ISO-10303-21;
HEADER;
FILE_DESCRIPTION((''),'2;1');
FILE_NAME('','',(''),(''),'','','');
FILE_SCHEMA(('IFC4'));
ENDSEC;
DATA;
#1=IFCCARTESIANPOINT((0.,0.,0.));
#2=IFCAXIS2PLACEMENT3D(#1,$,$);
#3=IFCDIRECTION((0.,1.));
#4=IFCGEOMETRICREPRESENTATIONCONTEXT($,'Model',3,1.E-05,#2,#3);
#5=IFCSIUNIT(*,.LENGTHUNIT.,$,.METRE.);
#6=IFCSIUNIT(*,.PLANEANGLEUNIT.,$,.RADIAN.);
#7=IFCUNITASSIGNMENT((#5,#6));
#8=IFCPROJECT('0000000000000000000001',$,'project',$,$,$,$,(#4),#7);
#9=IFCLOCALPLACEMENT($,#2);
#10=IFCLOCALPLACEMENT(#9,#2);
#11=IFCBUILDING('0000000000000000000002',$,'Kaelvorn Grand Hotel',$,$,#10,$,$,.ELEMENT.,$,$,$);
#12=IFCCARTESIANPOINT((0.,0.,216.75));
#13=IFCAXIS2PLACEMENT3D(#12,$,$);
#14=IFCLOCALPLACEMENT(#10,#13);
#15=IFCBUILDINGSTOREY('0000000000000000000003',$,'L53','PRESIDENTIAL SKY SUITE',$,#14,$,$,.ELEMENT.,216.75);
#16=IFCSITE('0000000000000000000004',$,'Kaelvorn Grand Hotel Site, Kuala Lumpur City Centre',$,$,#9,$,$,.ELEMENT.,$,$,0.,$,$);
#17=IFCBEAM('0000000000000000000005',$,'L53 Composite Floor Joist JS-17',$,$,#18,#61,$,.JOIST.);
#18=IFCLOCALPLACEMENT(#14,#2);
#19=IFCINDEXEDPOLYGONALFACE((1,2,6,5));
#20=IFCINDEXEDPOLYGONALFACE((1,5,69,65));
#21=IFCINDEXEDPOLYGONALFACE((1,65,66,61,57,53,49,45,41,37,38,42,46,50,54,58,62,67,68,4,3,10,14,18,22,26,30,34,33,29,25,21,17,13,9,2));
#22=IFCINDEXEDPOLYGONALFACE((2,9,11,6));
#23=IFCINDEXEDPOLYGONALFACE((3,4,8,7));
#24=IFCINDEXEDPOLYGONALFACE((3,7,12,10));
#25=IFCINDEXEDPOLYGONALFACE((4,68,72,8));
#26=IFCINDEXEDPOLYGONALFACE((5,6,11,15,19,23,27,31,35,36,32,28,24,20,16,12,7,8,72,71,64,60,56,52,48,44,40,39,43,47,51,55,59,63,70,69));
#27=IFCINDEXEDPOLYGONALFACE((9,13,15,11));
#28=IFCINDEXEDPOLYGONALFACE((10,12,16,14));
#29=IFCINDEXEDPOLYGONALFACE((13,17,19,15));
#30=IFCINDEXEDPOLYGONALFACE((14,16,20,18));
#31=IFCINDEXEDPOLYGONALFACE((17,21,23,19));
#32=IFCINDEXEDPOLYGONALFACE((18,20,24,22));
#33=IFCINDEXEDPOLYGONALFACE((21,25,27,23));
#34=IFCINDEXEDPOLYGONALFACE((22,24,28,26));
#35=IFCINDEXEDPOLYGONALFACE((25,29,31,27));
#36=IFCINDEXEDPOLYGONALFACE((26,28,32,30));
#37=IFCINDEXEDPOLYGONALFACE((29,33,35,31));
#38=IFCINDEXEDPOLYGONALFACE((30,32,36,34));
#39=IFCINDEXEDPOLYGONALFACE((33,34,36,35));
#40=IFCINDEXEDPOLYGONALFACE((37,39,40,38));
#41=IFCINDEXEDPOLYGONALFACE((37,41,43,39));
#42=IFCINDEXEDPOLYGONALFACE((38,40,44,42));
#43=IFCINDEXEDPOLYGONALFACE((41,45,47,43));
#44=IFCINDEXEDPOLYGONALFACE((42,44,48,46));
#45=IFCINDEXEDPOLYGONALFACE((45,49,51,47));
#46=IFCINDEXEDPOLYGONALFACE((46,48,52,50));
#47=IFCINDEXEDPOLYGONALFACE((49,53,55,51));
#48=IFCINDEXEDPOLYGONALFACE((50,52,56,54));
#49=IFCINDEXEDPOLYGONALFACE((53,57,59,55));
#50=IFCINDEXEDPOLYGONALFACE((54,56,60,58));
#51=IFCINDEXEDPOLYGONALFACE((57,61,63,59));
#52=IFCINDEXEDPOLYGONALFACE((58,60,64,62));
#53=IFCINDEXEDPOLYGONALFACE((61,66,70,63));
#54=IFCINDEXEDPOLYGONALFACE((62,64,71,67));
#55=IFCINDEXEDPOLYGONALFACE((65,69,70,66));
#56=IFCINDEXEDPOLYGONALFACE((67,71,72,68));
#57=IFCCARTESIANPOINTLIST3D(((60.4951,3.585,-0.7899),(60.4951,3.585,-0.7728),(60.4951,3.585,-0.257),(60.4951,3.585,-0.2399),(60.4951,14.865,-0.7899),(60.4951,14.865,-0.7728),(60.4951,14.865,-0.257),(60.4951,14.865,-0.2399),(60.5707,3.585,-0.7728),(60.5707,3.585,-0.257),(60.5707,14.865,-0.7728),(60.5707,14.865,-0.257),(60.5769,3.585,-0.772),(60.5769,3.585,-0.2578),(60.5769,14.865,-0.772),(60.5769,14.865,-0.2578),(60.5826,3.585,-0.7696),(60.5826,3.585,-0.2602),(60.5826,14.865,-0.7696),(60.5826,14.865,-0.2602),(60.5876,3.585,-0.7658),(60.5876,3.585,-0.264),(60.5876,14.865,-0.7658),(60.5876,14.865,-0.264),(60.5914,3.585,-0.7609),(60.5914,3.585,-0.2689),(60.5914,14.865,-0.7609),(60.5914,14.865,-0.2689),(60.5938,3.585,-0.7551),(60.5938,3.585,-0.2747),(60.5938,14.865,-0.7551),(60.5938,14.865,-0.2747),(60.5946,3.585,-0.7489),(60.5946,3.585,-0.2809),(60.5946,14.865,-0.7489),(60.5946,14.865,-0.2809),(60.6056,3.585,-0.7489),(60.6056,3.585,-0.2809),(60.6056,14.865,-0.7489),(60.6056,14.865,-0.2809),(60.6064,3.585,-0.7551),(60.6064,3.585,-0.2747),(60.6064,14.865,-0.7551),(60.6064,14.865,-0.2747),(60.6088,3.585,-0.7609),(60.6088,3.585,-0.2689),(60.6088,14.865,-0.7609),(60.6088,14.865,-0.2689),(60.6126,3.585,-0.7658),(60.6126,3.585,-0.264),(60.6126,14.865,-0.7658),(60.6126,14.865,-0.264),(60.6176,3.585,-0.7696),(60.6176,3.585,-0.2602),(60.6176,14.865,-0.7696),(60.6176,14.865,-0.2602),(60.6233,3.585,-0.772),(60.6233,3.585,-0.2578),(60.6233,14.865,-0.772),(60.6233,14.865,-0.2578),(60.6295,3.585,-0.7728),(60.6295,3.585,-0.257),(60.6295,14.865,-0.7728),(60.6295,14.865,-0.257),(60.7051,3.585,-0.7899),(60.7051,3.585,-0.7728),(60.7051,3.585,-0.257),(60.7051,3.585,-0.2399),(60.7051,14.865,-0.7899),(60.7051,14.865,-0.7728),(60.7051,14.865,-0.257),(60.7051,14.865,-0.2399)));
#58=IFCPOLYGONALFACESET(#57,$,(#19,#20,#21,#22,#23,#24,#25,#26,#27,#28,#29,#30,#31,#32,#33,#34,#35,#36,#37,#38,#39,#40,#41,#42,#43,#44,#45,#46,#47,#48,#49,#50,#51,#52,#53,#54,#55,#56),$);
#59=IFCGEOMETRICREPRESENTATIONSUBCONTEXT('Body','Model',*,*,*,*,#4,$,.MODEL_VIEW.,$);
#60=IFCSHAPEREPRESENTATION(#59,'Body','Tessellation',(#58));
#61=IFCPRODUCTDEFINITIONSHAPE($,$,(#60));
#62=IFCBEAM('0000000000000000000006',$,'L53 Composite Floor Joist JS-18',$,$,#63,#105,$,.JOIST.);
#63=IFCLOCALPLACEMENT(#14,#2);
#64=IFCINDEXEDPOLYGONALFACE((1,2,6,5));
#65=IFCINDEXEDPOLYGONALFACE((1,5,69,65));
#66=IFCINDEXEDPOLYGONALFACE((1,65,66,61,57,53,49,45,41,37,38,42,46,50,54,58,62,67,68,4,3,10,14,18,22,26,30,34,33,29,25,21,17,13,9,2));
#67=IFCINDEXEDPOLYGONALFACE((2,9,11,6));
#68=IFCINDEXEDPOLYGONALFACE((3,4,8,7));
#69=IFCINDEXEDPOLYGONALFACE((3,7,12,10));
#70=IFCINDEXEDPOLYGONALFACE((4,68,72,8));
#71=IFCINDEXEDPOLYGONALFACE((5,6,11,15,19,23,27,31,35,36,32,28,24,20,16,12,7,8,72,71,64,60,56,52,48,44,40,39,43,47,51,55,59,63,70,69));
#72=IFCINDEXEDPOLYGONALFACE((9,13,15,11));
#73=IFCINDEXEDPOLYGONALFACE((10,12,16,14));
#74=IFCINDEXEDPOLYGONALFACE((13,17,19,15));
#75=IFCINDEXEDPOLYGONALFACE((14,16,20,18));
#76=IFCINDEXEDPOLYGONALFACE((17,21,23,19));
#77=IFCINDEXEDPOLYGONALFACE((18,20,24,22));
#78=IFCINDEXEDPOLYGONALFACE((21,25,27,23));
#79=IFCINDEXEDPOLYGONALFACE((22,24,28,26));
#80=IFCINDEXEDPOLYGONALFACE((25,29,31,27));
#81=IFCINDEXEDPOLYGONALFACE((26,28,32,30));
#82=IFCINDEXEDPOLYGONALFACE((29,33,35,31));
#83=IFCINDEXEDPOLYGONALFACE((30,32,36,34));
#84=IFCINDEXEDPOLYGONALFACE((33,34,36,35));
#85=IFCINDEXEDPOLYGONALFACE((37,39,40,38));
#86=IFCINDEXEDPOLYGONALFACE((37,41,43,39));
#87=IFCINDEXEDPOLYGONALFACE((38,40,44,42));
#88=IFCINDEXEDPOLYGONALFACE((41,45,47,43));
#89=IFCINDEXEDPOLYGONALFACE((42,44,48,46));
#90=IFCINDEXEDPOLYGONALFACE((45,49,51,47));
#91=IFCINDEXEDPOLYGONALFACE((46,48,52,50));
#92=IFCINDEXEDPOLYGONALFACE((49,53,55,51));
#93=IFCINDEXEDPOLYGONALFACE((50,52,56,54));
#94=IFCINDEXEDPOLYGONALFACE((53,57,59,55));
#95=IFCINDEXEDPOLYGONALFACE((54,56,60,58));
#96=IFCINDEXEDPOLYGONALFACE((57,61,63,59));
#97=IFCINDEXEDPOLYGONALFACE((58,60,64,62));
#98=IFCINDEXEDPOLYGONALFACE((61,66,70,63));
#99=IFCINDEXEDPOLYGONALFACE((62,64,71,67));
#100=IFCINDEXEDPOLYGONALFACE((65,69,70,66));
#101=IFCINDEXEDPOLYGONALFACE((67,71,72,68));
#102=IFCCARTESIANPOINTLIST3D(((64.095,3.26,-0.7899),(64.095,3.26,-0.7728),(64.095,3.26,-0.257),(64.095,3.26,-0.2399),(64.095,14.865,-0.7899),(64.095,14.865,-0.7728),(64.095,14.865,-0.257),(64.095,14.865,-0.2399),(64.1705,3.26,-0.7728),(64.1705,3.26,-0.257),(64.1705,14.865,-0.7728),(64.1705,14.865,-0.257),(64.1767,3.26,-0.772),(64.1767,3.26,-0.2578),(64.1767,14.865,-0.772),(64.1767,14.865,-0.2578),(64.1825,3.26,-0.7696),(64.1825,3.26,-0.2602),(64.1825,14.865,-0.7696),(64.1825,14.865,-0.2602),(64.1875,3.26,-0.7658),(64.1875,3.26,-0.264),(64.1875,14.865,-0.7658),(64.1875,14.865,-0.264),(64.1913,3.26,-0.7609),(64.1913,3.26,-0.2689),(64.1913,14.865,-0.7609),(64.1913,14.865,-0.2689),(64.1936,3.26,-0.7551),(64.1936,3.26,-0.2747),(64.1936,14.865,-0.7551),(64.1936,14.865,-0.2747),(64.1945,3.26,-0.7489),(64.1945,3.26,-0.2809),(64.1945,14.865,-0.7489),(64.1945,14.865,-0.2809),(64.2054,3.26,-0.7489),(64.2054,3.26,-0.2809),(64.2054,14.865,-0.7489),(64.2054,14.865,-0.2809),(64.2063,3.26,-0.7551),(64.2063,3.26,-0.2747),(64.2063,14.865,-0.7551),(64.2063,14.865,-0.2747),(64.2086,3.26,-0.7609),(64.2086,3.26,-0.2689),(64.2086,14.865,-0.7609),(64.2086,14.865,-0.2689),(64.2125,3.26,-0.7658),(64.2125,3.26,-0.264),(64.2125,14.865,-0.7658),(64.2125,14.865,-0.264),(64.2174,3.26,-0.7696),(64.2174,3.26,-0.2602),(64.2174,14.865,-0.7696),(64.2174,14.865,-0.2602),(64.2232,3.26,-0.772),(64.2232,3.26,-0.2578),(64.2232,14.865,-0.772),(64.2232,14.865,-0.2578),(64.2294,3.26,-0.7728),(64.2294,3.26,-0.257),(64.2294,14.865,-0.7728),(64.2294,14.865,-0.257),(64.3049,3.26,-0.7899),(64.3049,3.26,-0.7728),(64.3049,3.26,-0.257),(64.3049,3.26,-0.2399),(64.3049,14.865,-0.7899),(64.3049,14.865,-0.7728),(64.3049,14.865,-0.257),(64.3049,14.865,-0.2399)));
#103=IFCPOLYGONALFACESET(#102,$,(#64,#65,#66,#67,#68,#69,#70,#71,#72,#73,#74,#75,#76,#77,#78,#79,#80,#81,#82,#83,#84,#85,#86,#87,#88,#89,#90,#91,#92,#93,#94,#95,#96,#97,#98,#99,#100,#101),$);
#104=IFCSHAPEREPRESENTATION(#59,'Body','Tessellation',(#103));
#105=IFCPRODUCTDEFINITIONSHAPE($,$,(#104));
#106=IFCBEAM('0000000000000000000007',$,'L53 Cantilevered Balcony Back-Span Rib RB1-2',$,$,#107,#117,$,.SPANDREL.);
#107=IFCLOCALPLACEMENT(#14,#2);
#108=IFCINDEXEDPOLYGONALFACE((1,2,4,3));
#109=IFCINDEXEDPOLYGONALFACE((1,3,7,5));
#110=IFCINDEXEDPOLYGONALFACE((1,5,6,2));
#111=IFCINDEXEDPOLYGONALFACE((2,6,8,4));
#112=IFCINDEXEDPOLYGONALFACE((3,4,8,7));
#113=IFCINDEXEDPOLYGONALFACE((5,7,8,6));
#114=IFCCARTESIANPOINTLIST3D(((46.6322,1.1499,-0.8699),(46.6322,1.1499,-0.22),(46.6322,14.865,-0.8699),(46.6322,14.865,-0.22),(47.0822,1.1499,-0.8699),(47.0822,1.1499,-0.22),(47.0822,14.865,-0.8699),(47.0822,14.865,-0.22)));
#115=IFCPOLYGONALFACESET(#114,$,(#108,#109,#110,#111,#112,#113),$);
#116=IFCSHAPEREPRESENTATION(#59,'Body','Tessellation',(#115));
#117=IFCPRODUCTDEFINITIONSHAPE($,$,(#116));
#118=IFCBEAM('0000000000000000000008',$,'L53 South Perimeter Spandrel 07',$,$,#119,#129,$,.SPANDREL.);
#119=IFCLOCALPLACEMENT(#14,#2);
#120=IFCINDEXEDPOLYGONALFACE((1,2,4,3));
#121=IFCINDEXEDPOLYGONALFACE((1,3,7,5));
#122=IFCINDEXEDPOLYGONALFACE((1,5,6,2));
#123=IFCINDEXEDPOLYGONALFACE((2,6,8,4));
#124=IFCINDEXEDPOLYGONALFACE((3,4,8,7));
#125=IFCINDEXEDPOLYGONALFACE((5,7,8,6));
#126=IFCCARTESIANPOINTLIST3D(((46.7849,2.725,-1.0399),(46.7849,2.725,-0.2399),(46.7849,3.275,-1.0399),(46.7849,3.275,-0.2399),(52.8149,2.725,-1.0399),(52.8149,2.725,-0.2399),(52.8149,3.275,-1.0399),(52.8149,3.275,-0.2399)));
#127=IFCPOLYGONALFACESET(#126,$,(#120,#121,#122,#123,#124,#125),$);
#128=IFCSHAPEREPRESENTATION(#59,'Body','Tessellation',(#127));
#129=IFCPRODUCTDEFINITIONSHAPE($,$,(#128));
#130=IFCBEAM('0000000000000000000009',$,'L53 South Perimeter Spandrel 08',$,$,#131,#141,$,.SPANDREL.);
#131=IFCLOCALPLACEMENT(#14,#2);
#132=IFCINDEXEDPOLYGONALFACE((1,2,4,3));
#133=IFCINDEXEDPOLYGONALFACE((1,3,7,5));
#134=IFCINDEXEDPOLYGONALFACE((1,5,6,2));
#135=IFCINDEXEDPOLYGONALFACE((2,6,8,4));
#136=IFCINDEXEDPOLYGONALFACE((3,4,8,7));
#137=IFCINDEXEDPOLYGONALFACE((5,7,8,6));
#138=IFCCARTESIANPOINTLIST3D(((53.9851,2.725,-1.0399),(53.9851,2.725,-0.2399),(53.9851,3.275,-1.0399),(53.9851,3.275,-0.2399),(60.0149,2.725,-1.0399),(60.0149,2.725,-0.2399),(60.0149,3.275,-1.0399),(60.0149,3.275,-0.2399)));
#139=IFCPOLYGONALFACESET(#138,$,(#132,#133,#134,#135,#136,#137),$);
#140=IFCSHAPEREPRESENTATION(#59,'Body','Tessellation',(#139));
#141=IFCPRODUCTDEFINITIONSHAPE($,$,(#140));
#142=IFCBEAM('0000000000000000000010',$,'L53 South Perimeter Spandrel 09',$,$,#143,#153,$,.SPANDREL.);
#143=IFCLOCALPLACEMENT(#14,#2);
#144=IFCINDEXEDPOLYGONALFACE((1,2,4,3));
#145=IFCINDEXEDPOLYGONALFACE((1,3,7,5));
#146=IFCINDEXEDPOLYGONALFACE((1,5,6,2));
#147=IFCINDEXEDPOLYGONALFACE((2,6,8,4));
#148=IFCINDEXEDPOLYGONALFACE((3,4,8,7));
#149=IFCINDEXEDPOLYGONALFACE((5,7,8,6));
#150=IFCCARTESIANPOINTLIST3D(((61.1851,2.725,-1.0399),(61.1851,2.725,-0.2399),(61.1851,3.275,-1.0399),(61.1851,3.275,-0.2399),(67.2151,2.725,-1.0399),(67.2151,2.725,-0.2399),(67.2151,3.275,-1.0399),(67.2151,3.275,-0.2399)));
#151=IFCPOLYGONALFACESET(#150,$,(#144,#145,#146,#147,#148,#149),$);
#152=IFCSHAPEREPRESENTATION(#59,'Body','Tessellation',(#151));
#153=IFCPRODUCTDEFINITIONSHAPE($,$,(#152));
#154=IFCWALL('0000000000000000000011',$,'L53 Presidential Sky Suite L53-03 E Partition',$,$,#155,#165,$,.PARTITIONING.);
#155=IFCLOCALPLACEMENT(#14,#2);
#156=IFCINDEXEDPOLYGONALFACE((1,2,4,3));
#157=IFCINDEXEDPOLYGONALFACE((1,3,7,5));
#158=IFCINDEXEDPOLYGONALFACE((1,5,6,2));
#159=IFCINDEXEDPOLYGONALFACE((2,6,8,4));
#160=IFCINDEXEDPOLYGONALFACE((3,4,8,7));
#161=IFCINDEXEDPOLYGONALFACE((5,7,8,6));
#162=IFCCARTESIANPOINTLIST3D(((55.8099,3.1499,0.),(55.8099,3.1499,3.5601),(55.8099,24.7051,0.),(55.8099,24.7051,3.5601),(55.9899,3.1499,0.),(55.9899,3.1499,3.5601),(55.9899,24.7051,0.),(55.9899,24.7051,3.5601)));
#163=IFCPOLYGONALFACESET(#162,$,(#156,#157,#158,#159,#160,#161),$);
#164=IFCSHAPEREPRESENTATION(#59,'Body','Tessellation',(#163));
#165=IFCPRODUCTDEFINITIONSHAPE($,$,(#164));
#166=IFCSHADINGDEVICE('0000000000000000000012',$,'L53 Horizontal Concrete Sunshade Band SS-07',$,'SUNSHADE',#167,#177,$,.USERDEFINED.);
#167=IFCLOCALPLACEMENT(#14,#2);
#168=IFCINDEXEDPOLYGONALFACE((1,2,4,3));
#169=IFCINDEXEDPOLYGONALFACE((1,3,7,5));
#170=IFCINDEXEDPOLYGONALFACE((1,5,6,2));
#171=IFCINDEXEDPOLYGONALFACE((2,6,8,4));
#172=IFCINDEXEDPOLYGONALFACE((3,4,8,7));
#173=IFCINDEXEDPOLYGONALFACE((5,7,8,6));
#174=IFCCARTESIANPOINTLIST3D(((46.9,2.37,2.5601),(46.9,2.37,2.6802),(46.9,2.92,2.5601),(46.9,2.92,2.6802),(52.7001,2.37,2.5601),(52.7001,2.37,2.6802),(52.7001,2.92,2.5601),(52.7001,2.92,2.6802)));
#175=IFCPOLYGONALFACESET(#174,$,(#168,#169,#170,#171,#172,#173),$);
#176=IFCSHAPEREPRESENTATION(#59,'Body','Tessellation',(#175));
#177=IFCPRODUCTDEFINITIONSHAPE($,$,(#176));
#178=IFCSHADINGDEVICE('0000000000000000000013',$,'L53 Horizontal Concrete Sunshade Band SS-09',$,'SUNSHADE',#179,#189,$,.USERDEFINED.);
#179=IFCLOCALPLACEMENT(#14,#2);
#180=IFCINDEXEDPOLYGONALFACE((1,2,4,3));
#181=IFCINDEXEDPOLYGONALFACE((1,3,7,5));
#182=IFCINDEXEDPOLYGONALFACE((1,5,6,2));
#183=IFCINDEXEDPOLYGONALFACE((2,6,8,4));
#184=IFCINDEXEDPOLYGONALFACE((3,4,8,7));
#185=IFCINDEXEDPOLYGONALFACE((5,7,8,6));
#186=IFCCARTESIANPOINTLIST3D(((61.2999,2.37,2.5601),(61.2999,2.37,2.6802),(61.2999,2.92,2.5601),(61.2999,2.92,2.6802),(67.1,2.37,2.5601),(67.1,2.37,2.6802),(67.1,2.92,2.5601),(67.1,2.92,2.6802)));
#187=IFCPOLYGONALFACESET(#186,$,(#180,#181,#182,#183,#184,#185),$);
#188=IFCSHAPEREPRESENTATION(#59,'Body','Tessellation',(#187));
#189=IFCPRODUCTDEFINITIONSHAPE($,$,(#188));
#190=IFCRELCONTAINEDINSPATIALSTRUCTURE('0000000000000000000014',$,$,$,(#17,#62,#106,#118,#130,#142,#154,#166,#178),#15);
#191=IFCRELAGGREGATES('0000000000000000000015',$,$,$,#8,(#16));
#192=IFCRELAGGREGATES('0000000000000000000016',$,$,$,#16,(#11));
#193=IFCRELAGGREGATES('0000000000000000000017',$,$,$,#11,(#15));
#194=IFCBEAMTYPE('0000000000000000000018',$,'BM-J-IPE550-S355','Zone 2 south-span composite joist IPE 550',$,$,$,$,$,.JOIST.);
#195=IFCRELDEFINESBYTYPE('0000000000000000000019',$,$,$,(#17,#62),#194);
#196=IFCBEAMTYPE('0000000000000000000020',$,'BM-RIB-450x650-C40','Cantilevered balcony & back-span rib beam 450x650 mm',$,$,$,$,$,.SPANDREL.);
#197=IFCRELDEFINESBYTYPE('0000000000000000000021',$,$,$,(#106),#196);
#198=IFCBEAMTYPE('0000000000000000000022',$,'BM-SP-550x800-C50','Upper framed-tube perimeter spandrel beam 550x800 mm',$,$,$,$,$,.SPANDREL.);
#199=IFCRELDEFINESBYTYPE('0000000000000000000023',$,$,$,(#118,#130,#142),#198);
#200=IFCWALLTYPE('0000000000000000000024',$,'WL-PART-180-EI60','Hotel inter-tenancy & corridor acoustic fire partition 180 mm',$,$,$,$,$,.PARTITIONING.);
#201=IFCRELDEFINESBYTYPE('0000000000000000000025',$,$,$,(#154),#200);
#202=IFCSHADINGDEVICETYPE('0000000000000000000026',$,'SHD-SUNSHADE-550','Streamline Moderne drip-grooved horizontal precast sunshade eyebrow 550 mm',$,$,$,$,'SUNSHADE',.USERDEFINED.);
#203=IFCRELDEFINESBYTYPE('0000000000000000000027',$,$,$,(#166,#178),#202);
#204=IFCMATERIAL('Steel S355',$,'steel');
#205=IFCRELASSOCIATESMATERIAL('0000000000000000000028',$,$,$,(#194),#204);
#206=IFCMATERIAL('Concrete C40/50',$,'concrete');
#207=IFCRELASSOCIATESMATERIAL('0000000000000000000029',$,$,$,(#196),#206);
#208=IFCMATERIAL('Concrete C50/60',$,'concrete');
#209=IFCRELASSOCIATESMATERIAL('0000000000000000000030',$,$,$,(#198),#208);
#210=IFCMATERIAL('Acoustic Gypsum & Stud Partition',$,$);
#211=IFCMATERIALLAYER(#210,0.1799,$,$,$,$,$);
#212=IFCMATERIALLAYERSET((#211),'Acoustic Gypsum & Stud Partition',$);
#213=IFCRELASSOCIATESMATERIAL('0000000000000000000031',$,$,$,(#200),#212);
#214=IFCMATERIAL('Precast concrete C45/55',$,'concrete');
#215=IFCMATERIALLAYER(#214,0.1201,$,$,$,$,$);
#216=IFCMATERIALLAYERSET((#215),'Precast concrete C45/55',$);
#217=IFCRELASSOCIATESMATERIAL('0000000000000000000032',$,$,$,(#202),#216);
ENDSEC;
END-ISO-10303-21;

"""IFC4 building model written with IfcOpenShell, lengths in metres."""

from ifc_helpers import new_model, si_unit, direction, frame, frame_2d, origin, origin_2d, place, context, subcontext, project, spatial, rectangle, i_section, extrude, material, layer, layer_set, material_profile, profile_set, type_object, element, save


model = new_model("IFC4")

# Units and contexts
model_context = context("Model", 3, precision=1e-05, world=origin(), true_north=direction((0.0, 1.0)))
body_context = subcontext(model_context, "Body", "Model", "MODEL_VIEW")
ifc_project = project(units=[si_unit("LENGTHUNIT", "METRE"), si_unit("PLANEANGLEUNIT", "RADIAN")], contexts=[model_context])

# Site, building, storey
site_placement = place(None, origin())
site = spatial("IfcSite", under=ifc_project, at=site_placement, Name="Kaelvorn Grand Hotel Site, Kuala Lumpur City Centre", CompositionType="ELEMENT", RefElevation=0.0)
building_placement = place(site_placement, origin())
building = spatial("IfcBuilding", under=site, at=building_placement, Name="Kaelvorn Grand Hotel", CompositionType="ELEMENT")
storey_placement = place(building_placement, frame((0.0, 0.0, 216.75)))
storey = spatial("IfcBuildingStorey", under=building, at=storey_placement, Name="L53", Description="PRESIDENTIAL SKY SUITE", CompositionType="ELEMENT", Elevation=216.75)

# Beams
ifc_material_1 = material(Name="Steel S355", Category="steel")
ifc_material_profile_1 = material_profile(ifc_material_1, i_section(OverallWidth=0.21, OverallDepth=0.55, WebThickness=0.011, FlangeThickness=0.0171, FilletRadius=0.0239, at=origin_2d()), Name="IPE 550")
ifc_profile_set_1 = profile_set([ifc_material_profile_1], Name="Steel S355")
beam_type_1 = type_object("IfcBeamType", Name="BM-J-IPE550-S355", Description="Zone 2 south-span composite joist IPE 550", PredefinedType="JOIST", material=ifc_profile_set_1)
beam_1_placement = place(storey_placement, frame((60.6001, 3.585, -0.5149), z_axis=(0.0, 1.0, 0.0), x_axis=(-1.0, 0.0, 0.0)))
element("IfcBeam", 1, at=beam_1_placement, inside=storey, type_object=beam_type_1, Name="L53 Composite Floor Joist JS-17", PredefinedType="JOIST", context=body_context, shape_type="SweptSolid", body=[
    extrude(i_section(OverallWidth=0.21, OverallDepth=0.55, WebThickness=0.011, FlangeThickness=0.0171, FilletRadius=0.0239, at=origin_2d()), origin(), (0.0, 0.0, 1.0), 11.28),
])
beam_2_placement = place(storey_placement, frame((64.2, 3.26, -0.5149), z_axis=(0.0, 1.0, 0.0), x_axis=(-1.0, 0.0, 0.0)))
element("IfcBeam", 2, at=beam_2_placement, inside=storey, type_object=beam_type_1, Name="L53 Composite Floor Joist JS-18", PredefinedType="JOIST", context=body_context, shape_type="SweptSolid", body=[
    extrude(i_section(OverallWidth=0.21, OverallDepth=0.55, WebThickness=0.011, FlangeThickness=0.0171, FilletRadius=0.0239, at=origin_2d()), origin(), (0.0, 0.0, 1.0), 11.605),
])
ifc_material_2 = material(Name="Concrete C40/50", Category="concrete")
ifc_material_profile_2 = material_profile(ifc_material_2, rectangle(XDim=0.45, YDim=0.6499, at=origin_2d()), Name="RC RIB 450x650")
ifc_profile_set_2 = profile_set([ifc_material_profile_2], Name="Concrete C40/50")
beam_type_2 = type_object("IfcBeamType", Name="BM-RIB-450x650-C40", Description="Cantilevered balcony & back-span rib beam 450x650 mm", PredefinedType="SPANDREL", material=ifc_profile_set_2)
beam_3_placement = place(storey_placement, frame((46.8572, 1.1499, -0.5449), z_axis=(0.0, 1.0, 0.0), x_axis=(-1.0, 0.0, 0.0)))
element("IfcBeam", 3, at=beam_3_placement, inside=storey, type_object=beam_type_2, Name="L53 Cantilevered Balcony Back-Span Rib RB1-2", PredefinedType="SPANDREL", context=body_context, shape_type="SweptSolid", body=[
    extrude(rectangle(XDim=0.45, YDim=0.6499, at=origin_2d()), origin(), (0.0, 0.0, 1.0), 13.7151),
])
ifc_material_3 = material(Name="Concrete C50/60", Category="concrete")
ifc_material_profile_3 = material_profile(ifc_material_3, rectangle(XDim=0.55, YDim=0.8, at=origin_2d()), Name="RC SPANDREL 550x800")
ifc_profile_set_3 = profile_set([ifc_material_profile_3], Name="Concrete C50/60")
beam_type_3 = type_object("IfcBeamType", Name="BM-SP-550x800-C50", Description="Upper framed-tube perimeter spandrel beam 550x800 mm", PredefinedType="SPANDREL", material=ifc_profile_set_3)
beam_4_placement = place(storey_placement, frame((46.7849, 3.0, -0.6399), z_axis=(1.0, 0.0, 0.0), x_axis=(0.0, 1.0, 0.0)))
element("IfcBeam", 4, at=beam_4_placement, inside=storey, type_object=beam_type_3, Name="L53 South Perimeter Spandrel 07", PredefinedType="SPANDREL", context=body_context, shape_type="SweptSolid", body=[
    extrude(rectangle(XDim=0.55, YDim=0.8, at=origin_2d()), origin(), (0.0, 0.0, 1.0), 6.03),
])
beam_5_placement = place(storey_placement, frame((53.9851, 3.0, -0.6399), z_axis=(1.0, 0.0, 0.0), x_axis=(0.0, 1.0, 0.0)))
element("IfcBeam", 5, at=beam_5_placement, inside=storey, type_object=beam_type_3, Name="L53 South Perimeter Spandrel 08", PredefinedType="SPANDREL", context=body_context, shape_type="SweptSolid", body=[
    extrude(rectangle(XDim=0.55, YDim=0.8, at=origin_2d()), origin(), (0.0, 0.0, 1.0), 6.0298),
])
beam_6_placement = place(storey_placement, frame((61.1851, 3.0, -0.6399), z_axis=(1.0, 0.0, 0.0), x_axis=(0.0, 1.0, 0.0)))
element("IfcBeam", 6, at=beam_6_placement, inside=storey, type_object=beam_type_3, Name="L53 South Perimeter Spandrel 09", PredefinedType="SPANDREL", context=body_context, shape_type="SweptSolid", body=[
    extrude(rectangle(XDim=0.55, YDim=0.8, at=origin_2d()), origin(), (0.0, 0.0, 1.0), 6.03),
])

# Wall
ifc_material_4 = material(Name="Acoustic Gypsum & Stud Partition")
ifc_layer_1 = layer(ifc_material_4, 0.1799)
ifc_layer_set_1 = layer_set([ifc_layer_1], Name="Acoustic Gypsum & Stud Partition")
wall_type = type_object("IfcWallType", Name="WL-PART-180-EI60", Description="Hotel inter-tenancy & corridor acoustic fire partition 180 mm", PredefinedType="PARTITIONING", material=ifc_layer_set_1)
wall_placement = place(storey_placement, frame((55.8999, 3.1499, 0.0), z_axis=(0.0, 0.0, 1.0), x_axis=(0.0, 1.0, 0.0)))
element("IfcWall", 7, at=wall_placement, inside=storey, type_object=wall_type, Name="L53 Presidential Sky Suite L53-03 E Partition", PredefinedType="PARTITIONING", context=body_context, shape_type="SweptSolid", body=[
    extrude(rectangle(XDim=21.5552, YDim=0.1799, at=frame_2d((10.7776, 0.0))), origin(), (0.0, 0.0, 1.0), 3.5601),
])

# Shading devices
ifc_material_5 = material(Name="Precast concrete C45/55", Category="concrete")
ifc_layer_2 = layer(ifc_material_5, 0.1201)
ifc_layer_set_2 = layer_set([ifc_layer_2], Name="Precast concrete C45/55")
shading_device_type_1 = type_object("IfcShadingDeviceType", Name="SHD-SUNSHADE-550", Description="Streamline Moderne drip-grooved horizontal precast sunshade eyebrow 550 mm", ElementType="SUNSHADE", PredefinedType="USERDEFINED", material=ifc_layer_set_2)
for number, where, z_axis, x_axis, name in (
    (8, (49.8, 2.645, 2.5601), (0.0, 0.0, 1.0), (1.0, 0.0, 0.0), "L53 Horizontal Concrete Sunshade Band SS-07"),
    (9, (64.2, 2.645, 2.5601), (0.0, 0.0, 1.0), (1.0, 0.0, 0.0), "L53 Horizontal Concrete Sunshade Band SS-09"),
):
    element("IfcShadingDevice", number, at=place(storey_placement, frame(where, z_axis=z_axis, x_axis=x_axis)), inside=storey, type_object=shading_device_type_1, Name=name, ObjectType="SUNSHADE", PredefinedType="USERDEFINED", context=body_context, shape_type="SweptSolid", body=[
        extrude(rectangle(XDim=5.8, YDim=0.55, at=origin_2d()), origin(), (0.0, 0.0, 1.0), 0.1201),
    ])

save(model, "model.ifc")
